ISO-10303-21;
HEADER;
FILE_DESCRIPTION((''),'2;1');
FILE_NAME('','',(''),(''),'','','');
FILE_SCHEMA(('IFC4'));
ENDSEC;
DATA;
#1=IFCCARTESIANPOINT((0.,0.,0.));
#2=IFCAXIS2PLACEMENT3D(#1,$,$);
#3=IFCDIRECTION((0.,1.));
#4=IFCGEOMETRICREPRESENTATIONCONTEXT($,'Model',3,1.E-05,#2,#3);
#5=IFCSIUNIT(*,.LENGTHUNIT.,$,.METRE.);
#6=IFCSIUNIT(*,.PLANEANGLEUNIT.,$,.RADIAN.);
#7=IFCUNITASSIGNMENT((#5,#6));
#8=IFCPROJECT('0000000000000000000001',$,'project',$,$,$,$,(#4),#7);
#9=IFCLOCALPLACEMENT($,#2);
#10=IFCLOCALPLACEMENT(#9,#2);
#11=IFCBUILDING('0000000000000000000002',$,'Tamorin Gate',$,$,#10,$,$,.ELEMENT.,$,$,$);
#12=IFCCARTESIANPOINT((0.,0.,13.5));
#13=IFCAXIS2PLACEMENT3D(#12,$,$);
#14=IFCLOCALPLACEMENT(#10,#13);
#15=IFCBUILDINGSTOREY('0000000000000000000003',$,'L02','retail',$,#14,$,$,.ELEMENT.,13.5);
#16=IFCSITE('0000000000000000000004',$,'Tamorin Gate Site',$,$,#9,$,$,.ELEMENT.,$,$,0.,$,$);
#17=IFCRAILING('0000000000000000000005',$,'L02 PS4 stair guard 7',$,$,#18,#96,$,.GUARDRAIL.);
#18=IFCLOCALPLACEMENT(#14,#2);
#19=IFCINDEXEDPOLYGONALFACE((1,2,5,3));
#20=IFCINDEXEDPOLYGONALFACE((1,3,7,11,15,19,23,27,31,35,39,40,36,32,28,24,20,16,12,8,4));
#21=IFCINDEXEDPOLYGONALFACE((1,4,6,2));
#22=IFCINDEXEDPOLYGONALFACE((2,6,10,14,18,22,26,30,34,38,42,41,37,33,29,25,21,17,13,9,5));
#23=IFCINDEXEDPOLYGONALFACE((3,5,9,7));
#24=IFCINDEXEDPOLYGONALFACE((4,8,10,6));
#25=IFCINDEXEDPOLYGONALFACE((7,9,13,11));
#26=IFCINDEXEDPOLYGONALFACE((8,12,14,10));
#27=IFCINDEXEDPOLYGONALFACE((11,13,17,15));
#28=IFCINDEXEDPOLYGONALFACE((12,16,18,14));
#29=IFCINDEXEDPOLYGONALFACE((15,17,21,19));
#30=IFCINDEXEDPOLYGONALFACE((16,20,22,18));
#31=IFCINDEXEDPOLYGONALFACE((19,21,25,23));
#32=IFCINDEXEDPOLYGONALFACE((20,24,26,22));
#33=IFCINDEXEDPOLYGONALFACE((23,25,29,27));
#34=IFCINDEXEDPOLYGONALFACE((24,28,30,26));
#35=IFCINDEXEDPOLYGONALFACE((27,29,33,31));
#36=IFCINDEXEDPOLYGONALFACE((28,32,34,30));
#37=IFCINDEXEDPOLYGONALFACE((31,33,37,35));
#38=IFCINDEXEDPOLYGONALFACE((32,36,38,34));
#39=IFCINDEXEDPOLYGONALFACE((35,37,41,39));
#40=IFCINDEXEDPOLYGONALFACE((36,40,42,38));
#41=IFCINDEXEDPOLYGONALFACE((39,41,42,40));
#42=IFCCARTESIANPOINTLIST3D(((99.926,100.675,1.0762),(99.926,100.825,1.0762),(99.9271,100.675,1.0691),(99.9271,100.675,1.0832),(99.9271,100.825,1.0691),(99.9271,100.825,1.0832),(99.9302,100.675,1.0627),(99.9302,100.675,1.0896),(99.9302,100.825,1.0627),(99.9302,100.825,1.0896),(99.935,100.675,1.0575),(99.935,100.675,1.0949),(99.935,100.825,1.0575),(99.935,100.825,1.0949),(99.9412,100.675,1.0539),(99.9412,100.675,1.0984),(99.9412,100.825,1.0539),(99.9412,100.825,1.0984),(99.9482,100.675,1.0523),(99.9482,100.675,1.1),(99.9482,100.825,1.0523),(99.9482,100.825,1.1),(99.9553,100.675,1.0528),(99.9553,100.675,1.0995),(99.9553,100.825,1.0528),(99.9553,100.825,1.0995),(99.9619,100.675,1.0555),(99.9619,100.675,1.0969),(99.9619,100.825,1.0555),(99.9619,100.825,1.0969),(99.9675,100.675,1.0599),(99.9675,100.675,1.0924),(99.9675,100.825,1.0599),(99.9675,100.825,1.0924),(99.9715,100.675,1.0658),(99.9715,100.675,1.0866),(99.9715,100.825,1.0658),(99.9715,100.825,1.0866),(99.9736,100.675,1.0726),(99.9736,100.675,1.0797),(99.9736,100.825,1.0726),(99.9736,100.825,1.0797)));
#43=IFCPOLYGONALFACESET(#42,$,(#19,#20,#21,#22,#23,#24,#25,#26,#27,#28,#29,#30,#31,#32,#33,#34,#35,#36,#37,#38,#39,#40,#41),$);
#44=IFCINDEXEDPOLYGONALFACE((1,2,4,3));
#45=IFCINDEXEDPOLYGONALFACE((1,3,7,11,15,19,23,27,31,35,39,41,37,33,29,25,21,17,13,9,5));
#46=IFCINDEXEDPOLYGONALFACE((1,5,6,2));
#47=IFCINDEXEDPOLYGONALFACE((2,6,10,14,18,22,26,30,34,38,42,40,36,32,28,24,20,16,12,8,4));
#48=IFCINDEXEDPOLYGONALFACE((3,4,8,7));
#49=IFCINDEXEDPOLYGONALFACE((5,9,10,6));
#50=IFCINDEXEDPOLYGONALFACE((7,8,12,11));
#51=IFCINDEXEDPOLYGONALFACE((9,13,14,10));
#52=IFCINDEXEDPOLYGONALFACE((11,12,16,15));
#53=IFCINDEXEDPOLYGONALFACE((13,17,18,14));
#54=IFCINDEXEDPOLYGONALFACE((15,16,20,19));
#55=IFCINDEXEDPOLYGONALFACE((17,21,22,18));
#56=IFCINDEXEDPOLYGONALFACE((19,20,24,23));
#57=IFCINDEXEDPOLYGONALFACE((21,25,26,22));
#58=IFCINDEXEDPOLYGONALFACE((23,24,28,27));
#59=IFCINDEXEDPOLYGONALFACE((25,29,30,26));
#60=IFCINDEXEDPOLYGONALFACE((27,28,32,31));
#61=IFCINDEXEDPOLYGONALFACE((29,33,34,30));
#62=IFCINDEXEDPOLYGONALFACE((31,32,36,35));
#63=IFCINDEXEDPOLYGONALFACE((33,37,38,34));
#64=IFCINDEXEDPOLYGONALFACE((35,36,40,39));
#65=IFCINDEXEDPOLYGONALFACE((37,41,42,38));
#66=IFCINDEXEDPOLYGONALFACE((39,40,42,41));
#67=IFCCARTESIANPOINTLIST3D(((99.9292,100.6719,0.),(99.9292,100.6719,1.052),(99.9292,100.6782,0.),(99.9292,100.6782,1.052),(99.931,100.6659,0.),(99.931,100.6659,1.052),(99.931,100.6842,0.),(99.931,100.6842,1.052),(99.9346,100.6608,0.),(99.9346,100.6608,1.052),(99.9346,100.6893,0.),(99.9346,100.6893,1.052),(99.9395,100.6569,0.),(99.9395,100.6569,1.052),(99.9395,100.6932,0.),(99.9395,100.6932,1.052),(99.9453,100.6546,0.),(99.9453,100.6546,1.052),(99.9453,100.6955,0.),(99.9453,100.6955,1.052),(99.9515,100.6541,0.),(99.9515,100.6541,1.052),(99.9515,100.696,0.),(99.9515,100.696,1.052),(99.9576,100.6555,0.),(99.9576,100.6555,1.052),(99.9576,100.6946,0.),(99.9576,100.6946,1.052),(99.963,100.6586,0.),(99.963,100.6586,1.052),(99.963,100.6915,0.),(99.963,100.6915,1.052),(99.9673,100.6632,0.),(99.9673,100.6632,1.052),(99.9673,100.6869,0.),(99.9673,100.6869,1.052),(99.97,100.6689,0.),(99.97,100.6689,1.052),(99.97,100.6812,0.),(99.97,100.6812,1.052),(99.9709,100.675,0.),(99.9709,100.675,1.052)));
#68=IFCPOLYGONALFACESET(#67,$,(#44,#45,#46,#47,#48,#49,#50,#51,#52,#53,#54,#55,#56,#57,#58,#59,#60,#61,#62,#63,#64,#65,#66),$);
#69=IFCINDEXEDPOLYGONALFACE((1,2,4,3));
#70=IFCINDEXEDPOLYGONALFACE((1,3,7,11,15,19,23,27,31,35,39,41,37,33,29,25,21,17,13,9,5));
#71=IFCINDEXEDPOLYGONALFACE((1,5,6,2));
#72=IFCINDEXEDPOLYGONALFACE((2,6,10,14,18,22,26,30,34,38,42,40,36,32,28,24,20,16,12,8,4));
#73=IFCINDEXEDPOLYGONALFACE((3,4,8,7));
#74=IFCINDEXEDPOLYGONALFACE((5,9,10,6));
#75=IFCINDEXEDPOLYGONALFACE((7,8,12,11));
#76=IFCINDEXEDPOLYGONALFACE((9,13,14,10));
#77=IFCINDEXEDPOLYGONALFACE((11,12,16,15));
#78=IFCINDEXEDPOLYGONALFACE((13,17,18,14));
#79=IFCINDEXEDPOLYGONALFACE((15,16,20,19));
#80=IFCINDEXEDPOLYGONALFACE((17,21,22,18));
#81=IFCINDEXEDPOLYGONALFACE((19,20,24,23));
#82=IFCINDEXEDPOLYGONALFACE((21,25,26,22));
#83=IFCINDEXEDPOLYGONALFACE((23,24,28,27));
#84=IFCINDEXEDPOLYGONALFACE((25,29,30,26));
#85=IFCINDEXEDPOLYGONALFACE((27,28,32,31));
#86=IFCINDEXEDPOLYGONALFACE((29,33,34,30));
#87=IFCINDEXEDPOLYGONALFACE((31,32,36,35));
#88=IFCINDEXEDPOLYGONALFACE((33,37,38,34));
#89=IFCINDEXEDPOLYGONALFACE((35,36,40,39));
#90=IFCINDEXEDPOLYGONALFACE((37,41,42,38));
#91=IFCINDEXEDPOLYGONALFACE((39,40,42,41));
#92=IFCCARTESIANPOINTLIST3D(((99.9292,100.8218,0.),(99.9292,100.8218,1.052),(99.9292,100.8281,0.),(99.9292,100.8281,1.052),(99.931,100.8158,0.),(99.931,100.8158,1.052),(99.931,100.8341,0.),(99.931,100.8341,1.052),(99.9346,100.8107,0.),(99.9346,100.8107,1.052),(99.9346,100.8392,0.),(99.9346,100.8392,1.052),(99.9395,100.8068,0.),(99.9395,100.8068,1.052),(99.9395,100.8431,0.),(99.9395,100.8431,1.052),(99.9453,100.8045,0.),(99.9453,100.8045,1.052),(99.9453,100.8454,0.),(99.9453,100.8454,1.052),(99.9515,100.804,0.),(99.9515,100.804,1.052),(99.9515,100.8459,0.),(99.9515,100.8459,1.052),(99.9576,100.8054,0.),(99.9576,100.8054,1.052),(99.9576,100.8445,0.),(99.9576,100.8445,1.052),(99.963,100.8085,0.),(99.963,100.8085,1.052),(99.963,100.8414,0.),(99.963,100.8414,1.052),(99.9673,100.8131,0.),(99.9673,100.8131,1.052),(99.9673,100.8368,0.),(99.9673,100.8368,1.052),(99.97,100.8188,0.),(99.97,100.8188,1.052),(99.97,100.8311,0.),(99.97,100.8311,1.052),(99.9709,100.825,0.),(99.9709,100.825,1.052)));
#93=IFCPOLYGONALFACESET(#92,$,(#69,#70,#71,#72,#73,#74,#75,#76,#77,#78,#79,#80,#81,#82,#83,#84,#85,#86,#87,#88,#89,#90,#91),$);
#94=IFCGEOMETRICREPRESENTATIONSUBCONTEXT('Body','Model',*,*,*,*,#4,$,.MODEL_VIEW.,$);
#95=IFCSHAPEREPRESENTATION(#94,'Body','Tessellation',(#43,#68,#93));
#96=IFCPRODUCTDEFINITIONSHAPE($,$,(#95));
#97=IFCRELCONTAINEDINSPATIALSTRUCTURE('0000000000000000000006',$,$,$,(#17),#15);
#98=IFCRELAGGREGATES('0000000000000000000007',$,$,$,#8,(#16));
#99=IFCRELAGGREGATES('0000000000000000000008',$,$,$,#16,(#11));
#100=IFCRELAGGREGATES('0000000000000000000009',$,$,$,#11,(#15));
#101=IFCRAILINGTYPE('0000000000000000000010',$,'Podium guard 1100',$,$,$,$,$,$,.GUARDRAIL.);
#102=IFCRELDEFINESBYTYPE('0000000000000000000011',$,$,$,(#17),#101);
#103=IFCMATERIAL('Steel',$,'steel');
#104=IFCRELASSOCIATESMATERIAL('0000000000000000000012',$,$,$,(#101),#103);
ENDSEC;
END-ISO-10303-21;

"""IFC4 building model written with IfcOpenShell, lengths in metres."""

from ifc_helpers import new_model, si_unit, direction, frame, origin, origin_2d, place, context, subcontext, project, spatial, circle, extrude, material, type_object, element, save


model = new_model("IFC4")

# Units and contexts
model_context = context("Model", 3, precision=1e-05, world=origin(), true_north=direction((0.0, 1.0)))
body_context = subcontext(model_context, "Body", "Model", "MODEL_VIEW")
ifc_project = project(units=[si_unit("LENGTHUNIT", "METRE"), si_unit("PLANEANGLEUNIT", "RADIAN")], contexts=[model_context])

# Site, building, storey
site_placement = place(None, origin())
site = spatial("IfcSite", under=ifc_project, at=site_placement, Name="Tamorin Gate Site", CompositionType="ELEMENT", RefElevation=0.0)
building_placement = place(site_placement, origin())
building = spatial("IfcBuilding", under=site, at=building_placement, Name="Tamorin Gate", CompositionType="ELEMENT")
storey_placement = place(building_placement, frame((0.0, 0.0, 13.5)))
storey = spatial("IfcBuildingStorey", under=building, at=storey_placement, Name="L02", Description="retail", CompositionType="ELEMENT", Elevation=13.5)

# Railing
ifc_material_1 = material(Name="Steel", Category="steel")
railing_type_1 = type_object("IfcRailingType", Name="Podium guard 1100", PredefinedType="GUARDRAIL", material=ifc_material_1)
railing_1_placement = place(storey_placement, frame((99.95, 100.675, 0.0)))
element("IfcRailing", 1, at=railing_1_placement, inside=storey, type_object=railing_type_1, Name="L02 PS4 stair guard 7", PredefinedType="GUARDRAIL", context=body_context, shape_type="SweptSolid", body=[
    extrude(circle(Radius=0.0239, at=origin_2d()), frame((0.0, 0.0, 1.0762), z_axis=(0.0, 1.0, 0.0), x_axis=(-1.0, 0.0, 0.0)), (0.0, 0.0, 1.0), 0.1499),
    extrude(circle(Radius=0.021, at=origin_2d()), origin(), (0.0, 0.0, 1.0), 1.052),
    extrude(circle(Radius=0.021, at=origin_2d()), frame((0.0, 0.1499, 0.0)), (0.0, 0.0, 1.0), 1.052),
])

save(model, "model.ifc")
